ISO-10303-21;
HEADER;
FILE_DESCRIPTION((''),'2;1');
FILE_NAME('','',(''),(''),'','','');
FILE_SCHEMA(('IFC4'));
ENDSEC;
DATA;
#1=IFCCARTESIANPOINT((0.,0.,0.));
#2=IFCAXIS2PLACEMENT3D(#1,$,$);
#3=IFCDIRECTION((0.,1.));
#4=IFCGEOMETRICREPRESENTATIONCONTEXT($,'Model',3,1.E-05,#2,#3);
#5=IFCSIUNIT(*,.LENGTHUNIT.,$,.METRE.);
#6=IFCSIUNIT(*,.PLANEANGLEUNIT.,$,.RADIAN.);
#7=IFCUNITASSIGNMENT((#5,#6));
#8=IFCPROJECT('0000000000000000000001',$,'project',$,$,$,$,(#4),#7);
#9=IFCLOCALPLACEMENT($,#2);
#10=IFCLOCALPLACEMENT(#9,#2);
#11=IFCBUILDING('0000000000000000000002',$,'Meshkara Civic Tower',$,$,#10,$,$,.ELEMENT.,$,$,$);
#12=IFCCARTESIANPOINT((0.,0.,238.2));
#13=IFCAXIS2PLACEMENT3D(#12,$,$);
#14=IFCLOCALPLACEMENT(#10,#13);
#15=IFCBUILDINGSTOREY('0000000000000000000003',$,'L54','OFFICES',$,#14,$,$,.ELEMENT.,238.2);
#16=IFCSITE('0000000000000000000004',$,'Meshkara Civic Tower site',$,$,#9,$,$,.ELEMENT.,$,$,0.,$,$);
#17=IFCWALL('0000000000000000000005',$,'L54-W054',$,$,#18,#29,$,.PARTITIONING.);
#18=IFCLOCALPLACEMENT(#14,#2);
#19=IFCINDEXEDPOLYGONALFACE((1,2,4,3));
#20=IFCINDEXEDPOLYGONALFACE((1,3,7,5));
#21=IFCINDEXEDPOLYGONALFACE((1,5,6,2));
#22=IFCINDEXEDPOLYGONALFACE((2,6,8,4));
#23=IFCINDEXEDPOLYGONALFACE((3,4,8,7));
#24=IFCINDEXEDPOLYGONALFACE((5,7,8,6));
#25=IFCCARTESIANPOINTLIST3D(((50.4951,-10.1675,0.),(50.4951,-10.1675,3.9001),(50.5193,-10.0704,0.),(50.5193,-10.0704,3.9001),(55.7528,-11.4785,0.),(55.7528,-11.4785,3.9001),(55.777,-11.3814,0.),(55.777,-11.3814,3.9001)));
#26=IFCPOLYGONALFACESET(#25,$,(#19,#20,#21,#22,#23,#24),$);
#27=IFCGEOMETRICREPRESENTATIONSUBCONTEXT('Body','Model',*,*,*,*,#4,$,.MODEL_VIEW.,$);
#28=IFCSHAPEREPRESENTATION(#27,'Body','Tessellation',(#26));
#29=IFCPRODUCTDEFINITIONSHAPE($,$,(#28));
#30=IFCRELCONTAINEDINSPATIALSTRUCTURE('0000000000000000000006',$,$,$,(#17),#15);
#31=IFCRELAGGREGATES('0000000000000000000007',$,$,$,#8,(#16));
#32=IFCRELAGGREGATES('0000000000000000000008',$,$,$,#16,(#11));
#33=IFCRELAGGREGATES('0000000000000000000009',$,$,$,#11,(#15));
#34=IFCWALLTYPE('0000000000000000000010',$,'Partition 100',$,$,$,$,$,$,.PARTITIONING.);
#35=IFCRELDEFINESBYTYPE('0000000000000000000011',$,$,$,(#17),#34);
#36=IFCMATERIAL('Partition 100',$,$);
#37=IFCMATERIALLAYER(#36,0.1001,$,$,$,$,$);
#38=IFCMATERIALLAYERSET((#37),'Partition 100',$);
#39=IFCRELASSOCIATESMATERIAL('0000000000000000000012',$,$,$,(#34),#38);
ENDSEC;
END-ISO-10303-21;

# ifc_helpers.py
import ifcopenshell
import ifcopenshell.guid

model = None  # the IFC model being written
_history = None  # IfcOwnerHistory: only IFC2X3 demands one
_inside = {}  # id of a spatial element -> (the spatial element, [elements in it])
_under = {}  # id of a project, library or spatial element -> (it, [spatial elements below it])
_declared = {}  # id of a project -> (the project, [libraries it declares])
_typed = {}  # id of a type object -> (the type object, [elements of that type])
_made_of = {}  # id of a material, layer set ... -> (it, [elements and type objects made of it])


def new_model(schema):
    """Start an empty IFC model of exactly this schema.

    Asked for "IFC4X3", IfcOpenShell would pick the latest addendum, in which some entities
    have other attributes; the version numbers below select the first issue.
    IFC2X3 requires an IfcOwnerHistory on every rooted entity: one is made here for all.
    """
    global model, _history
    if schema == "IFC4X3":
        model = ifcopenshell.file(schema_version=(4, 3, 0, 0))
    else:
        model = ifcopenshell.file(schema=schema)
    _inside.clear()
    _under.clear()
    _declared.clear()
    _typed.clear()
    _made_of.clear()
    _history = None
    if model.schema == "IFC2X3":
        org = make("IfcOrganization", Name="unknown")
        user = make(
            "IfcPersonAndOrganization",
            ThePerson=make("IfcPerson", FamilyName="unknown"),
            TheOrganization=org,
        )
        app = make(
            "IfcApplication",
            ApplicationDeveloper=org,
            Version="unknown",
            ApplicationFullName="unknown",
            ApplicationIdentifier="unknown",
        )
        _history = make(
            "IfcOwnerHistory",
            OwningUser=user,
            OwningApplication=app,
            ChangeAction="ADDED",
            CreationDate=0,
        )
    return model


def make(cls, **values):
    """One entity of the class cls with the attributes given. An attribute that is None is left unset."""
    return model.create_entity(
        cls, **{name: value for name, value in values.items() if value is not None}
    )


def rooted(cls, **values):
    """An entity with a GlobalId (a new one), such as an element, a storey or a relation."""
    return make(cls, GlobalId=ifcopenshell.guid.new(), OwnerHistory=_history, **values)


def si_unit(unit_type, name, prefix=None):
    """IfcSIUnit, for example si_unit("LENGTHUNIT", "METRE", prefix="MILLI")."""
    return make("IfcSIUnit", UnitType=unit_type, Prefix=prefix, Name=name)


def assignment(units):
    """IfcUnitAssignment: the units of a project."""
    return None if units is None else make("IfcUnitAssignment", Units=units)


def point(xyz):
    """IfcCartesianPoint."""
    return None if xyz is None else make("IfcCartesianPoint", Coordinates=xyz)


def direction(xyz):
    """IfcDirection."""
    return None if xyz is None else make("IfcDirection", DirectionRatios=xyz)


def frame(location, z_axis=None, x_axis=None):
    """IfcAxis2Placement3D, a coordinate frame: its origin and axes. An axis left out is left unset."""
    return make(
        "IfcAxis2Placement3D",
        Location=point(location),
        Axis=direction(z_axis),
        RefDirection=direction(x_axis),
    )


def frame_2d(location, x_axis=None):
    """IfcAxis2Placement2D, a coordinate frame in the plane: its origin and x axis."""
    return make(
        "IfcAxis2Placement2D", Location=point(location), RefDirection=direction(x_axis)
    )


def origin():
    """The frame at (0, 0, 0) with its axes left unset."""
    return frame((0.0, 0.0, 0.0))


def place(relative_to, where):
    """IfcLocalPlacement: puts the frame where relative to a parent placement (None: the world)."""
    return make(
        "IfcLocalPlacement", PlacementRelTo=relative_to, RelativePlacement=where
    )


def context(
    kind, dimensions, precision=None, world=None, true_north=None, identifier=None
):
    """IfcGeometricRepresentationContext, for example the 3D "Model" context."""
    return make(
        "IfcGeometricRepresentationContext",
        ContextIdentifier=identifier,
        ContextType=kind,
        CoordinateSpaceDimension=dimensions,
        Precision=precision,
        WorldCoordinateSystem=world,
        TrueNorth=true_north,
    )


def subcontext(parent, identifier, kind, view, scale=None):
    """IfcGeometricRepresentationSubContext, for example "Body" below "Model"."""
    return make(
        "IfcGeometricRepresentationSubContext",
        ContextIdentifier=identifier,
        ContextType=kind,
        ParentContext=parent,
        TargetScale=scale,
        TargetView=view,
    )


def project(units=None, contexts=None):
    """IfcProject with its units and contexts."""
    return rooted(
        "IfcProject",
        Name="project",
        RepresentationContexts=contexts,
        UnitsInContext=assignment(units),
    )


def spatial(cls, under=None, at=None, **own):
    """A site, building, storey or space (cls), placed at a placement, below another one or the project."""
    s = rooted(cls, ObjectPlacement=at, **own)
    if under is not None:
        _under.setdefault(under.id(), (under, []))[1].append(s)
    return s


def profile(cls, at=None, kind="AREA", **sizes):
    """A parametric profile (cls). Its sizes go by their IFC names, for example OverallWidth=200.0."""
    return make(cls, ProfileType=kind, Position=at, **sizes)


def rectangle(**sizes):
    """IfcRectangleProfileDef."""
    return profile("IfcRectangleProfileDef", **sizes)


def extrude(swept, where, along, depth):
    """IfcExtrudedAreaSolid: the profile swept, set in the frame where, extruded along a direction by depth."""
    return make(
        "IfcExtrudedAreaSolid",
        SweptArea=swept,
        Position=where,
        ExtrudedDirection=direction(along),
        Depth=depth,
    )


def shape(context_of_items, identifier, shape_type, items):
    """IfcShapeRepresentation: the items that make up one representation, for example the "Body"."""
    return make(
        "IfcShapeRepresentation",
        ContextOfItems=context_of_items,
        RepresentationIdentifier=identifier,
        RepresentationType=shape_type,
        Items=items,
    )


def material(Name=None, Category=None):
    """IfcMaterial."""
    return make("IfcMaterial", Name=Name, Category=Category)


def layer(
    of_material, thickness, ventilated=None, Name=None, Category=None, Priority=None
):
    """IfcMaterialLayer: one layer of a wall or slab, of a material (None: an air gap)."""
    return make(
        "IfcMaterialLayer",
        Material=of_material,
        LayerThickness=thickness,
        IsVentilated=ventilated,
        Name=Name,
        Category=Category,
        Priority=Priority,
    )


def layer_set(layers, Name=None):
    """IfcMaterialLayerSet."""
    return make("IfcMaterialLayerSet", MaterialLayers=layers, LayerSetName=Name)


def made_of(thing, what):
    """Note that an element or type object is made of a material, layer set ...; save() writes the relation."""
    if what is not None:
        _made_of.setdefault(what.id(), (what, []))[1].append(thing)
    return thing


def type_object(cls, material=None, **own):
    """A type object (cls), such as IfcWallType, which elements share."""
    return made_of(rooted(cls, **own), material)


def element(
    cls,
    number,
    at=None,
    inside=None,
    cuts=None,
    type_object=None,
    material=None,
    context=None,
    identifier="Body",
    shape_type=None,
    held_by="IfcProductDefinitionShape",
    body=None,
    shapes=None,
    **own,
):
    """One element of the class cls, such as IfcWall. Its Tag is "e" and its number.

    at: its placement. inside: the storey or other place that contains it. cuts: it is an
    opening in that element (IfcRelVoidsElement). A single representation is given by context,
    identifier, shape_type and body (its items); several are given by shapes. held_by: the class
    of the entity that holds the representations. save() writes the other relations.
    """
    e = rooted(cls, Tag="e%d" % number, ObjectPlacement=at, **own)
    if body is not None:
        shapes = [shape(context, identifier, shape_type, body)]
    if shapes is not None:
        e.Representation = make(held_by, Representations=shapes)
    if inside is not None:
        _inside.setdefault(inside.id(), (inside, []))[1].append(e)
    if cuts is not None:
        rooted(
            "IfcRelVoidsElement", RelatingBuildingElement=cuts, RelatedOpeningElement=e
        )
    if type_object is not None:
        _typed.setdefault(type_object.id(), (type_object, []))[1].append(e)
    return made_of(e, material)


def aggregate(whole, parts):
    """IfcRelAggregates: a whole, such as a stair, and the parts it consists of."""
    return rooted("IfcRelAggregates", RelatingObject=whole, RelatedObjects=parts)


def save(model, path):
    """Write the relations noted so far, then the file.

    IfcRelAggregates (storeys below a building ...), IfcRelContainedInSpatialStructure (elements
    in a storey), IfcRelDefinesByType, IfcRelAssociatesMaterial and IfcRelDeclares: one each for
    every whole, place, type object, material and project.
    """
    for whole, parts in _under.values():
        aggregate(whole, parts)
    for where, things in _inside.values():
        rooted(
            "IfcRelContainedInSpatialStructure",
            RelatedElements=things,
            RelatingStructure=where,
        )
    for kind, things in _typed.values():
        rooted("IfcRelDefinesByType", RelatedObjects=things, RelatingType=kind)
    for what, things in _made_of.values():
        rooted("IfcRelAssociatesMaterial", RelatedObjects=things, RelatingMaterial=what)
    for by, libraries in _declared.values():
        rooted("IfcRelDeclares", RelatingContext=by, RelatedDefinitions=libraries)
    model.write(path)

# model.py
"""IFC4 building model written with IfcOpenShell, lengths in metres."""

from ifc_helpers import new_model, si_unit, direction, frame, frame_2d, origin, place, context, subcontext, project, spatial, rectangle, extrude, material, layer, layer_set, type_object, element, save


model = new_model("IFC4")

# Units and contexts
model_context = context("Model", 3, precision=1e-05, world=origin(), true_north=direction((0.0, 1.0)))
body_context = subcontext(model_context, "Body", "Model", "MODEL_VIEW")
ifc_project = project(units=[si_unit("LENGTHUNIT", "METRE"), si_unit("PLANEANGLEUNIT", "RADIAN")], contexts=[model_context])

# Site, building, storey
site_placement = place(None, origin())
site = spatial("IfcSite", under=ifc_project, at=site_placement, Name="Meshkara Civic Tower site", CompositionType="ELEMENT", RefElevation=0.0)
building_placement = place(site_placement, origin())
building = spatial("IfcBuilding", under=site, at=building_placement, Name="Meshkara Civic Tower", CompositionType="ELEMENT")
storey_placement = place(building_placement, frame((0.0, 0.0, 238.2)))
storey = spatial("IfcBuildingStorey", under=building, at=storey_placement, Name="L54", Description="OFFICES", CompositionType="ELEMENT", Elevation=238.2)

# Wall
ifc_material_1 = material(Name="Partition 100")
ifc_layer_1 = layer(ifc_material_1, 0.1001)
ifc_layer_set_1 = layer_set([ifc_layer_1], Name="Partition 100")
wall_type_1 = type_object("IfcWallType", Name="Partition 100", PredefinedType="PARTITIONING", material=ifc_layer_set_1)
wall_1_placement = place(storey_placement, frame((50.5071, -10.1189, 0.0), z_axis=(0.0, 0.0, 1.0), x_axis=(0.970291, -0.241942, 0.0)))
element("IfcWall", 1, at=wall_1_placement, inside=storey, type_object=wall_type_1, Name="L54-W054", PredefinedType="PARTITIONING", context=body_context, shape_type="SweptSolid", body=[
    extrude(rectangle(XDim=5.4187, YDim=0.1001, at=frame_2d((2.7095, 0.0))), origin(), (0.0, 0.0, 1.0), 3.9001),
])

save(model, "model.ifc")
